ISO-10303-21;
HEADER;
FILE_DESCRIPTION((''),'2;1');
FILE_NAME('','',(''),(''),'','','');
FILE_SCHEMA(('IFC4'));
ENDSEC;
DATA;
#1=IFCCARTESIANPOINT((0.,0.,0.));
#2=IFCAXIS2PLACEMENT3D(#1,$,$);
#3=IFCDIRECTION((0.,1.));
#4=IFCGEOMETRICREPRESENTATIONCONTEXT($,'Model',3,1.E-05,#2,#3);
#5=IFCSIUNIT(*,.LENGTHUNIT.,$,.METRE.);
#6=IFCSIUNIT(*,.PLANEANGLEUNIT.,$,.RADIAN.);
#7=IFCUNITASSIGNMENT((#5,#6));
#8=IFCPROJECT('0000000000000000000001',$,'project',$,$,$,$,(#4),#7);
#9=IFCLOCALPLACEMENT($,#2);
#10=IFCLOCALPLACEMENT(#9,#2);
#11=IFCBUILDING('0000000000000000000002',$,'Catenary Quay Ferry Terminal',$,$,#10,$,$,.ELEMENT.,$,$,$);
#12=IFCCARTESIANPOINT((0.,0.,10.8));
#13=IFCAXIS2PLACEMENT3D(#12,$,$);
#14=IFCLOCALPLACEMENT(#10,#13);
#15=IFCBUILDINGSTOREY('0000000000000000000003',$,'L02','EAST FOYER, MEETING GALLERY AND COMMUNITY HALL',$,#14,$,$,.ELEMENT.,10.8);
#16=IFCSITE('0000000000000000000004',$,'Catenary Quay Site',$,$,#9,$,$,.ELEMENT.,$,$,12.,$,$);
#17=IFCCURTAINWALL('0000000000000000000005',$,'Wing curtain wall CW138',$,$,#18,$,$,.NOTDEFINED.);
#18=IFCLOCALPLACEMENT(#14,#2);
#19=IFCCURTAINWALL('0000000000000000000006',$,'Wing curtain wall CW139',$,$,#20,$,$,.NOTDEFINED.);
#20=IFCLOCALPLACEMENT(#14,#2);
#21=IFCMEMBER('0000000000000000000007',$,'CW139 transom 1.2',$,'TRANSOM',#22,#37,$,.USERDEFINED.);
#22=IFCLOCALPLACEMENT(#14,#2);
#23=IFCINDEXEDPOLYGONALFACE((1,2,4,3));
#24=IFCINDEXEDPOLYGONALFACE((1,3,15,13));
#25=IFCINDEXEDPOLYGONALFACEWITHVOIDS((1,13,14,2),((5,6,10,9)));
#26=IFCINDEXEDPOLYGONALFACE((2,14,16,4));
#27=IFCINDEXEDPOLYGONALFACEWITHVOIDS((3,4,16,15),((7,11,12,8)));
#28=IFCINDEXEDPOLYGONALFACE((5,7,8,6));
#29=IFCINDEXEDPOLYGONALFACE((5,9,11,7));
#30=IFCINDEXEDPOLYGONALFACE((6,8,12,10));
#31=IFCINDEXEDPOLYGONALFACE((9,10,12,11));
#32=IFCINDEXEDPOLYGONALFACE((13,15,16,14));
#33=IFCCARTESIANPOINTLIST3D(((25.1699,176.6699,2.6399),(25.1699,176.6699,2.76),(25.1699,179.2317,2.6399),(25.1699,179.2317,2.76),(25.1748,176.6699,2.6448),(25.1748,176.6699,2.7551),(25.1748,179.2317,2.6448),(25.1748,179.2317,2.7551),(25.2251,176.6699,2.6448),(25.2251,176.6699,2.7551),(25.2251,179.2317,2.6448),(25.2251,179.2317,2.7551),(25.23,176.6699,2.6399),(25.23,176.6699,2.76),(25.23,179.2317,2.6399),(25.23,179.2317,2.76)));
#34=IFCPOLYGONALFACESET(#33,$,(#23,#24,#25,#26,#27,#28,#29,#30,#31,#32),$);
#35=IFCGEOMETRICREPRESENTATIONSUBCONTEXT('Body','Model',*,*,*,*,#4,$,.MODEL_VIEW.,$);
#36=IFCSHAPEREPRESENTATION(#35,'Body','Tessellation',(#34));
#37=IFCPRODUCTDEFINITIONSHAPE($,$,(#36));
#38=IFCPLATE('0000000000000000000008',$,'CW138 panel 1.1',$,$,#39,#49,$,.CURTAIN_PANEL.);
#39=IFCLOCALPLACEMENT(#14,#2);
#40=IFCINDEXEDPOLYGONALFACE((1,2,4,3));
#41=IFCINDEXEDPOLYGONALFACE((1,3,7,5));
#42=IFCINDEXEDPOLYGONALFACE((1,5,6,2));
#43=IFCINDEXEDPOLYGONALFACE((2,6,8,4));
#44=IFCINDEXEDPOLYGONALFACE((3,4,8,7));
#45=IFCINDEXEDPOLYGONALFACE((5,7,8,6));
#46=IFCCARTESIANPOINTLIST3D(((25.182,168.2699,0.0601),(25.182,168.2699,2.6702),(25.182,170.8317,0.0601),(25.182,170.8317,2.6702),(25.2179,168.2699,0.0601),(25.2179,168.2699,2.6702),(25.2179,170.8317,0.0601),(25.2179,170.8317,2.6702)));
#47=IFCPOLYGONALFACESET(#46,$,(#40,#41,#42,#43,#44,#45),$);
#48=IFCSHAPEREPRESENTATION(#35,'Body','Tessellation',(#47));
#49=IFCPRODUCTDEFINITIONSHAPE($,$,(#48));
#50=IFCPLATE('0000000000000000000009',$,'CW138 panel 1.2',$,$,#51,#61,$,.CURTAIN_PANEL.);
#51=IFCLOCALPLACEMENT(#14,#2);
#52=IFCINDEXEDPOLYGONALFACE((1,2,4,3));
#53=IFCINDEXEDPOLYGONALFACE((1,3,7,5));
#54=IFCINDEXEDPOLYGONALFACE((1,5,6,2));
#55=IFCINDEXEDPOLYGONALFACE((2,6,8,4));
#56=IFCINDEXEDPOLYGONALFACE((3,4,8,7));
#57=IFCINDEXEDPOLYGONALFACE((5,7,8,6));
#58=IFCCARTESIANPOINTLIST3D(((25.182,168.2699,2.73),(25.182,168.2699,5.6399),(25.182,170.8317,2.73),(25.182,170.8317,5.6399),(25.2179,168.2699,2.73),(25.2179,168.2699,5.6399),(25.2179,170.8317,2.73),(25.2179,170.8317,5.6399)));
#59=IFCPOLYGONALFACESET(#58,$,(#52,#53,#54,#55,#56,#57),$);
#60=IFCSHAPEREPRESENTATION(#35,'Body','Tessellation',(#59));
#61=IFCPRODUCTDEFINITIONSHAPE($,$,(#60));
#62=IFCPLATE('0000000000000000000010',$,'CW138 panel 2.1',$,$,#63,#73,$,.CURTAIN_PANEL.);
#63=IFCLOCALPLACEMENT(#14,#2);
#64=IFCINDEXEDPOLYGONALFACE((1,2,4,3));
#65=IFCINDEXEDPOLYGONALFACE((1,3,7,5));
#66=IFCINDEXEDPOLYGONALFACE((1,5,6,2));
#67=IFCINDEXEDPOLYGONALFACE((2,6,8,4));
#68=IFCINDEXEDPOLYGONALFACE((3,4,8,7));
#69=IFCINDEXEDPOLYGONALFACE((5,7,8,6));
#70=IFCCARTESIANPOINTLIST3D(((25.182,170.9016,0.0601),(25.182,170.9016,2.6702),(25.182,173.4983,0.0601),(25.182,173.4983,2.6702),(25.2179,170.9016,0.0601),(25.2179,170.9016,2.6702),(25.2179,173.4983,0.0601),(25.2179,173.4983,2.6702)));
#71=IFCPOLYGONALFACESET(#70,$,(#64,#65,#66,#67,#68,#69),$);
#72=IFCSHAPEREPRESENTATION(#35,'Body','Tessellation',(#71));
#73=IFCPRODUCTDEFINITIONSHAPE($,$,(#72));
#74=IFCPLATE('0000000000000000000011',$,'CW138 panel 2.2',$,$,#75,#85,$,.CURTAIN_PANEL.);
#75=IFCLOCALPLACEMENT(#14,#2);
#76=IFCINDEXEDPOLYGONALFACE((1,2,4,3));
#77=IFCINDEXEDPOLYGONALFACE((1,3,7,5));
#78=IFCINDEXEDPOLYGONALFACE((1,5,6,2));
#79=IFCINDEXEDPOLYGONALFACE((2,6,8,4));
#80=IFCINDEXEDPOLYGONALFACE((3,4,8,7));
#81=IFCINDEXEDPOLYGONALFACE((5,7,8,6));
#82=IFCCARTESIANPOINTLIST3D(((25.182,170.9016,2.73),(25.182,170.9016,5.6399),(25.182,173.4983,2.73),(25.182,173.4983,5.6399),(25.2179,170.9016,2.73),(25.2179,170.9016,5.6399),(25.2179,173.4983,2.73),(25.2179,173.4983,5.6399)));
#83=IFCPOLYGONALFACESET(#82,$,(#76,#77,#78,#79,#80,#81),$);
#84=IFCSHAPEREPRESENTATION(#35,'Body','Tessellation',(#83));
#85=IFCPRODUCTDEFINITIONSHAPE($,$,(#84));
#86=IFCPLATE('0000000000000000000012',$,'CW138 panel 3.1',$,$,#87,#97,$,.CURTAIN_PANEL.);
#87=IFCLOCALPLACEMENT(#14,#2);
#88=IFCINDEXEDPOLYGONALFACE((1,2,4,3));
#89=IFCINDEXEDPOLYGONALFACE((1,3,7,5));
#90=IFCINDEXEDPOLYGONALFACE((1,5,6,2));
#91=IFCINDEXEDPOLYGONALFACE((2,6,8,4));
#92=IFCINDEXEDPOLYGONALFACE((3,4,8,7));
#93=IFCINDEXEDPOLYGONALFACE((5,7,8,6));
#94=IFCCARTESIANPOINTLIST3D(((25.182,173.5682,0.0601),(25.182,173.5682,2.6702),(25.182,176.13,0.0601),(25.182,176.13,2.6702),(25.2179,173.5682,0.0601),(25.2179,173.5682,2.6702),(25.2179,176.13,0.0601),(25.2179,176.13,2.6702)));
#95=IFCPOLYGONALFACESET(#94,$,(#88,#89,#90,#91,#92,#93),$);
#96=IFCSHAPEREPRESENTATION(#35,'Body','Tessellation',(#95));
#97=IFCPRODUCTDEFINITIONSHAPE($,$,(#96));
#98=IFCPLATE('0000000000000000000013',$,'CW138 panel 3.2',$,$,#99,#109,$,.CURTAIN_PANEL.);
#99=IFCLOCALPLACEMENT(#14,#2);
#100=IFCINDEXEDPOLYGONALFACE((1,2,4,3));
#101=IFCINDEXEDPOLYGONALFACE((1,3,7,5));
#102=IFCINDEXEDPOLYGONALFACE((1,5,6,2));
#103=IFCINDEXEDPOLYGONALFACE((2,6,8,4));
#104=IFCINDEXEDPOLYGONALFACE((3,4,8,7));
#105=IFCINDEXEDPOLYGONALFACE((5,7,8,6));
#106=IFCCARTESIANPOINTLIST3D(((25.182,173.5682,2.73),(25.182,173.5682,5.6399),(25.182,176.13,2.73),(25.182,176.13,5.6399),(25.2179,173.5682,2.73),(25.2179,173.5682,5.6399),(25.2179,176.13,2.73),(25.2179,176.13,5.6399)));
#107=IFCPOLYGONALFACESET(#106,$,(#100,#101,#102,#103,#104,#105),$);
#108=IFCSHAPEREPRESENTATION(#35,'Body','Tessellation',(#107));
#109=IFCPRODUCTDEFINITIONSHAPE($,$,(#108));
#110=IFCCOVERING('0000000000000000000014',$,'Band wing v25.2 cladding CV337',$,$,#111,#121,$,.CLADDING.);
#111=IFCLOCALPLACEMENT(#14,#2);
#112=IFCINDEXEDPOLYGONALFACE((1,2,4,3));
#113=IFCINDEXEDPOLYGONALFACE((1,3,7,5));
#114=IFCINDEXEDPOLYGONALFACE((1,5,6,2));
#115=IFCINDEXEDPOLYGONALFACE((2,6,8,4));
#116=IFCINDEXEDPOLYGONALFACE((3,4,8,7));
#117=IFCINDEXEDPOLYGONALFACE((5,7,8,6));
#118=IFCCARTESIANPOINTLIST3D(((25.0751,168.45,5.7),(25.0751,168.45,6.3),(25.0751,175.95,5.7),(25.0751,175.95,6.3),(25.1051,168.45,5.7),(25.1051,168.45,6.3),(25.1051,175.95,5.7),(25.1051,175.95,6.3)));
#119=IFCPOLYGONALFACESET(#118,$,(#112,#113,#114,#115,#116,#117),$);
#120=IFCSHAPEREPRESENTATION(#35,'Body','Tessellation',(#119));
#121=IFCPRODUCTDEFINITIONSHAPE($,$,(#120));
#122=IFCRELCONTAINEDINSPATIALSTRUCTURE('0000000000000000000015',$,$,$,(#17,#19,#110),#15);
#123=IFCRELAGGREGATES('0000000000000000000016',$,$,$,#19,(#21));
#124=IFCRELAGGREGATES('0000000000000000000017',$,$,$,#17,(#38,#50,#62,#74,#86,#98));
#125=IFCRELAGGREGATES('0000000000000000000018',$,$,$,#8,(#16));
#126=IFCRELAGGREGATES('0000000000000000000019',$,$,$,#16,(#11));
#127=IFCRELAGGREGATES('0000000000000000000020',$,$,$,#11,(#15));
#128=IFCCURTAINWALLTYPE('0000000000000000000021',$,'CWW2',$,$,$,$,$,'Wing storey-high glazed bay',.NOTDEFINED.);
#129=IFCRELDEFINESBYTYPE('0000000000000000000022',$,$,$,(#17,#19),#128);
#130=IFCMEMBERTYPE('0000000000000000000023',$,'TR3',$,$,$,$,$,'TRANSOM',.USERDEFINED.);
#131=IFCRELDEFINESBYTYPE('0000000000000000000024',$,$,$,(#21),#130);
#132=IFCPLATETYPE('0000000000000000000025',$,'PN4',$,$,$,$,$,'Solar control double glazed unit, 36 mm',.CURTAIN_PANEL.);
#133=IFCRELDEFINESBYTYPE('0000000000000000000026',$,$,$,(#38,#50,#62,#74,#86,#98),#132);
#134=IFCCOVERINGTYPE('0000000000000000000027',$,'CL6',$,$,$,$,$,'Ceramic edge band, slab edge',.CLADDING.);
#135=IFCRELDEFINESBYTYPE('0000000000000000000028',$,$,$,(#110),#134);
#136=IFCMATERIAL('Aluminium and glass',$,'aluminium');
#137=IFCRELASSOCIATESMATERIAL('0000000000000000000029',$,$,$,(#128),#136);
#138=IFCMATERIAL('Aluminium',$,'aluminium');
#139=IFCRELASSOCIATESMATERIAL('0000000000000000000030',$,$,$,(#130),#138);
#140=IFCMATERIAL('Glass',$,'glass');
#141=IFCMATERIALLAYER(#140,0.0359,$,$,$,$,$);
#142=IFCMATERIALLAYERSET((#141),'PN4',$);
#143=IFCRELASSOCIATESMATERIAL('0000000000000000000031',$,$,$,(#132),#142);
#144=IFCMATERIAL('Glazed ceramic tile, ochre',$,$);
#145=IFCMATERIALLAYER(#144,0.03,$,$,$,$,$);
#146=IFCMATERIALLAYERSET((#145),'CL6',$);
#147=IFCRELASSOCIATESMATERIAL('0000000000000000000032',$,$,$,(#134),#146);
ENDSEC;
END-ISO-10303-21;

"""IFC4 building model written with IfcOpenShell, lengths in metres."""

from ifc_helpers import new_model, si_unit, direction, frame, origin, origin_2d, place, context, subcontext, project, spatial, rectangle, hollow_rectangle, extrude, material, layer, layer_set, material_profile, profile_set, type_object, element, aggregate, save


model = new_model("IFC4")

# Units and contexts
model_context = context("Model", 3, precision=1e-05, world=origin(), true_north=direction((0.0, 1.0)))
body_context = subcontext(model_context, "Body", "Model", "MODEL_VIEW")
ifc_project = project(units=[si_unit("LENGTHUNIT", "METRE"), si_unit("PLANEANGLEUNIT", "RADIAN")], contexts=[model_context])

# Site, building, storey
site_placement = place(None, origin())
site = spatial("IfcSite", under=ifc_project, at=site_placement, Name="Catenary Quay Site", CompositionType="ELEMENT", RefElevation=12.0)
building_placement = place(site_placement, origin())
building = spatial("IfcBuilding", under=site, at=building_placement, Name="Catenary Quay Ferry Terminal", CompositionType="ELEMENT")
storey_placement = place(building_placement, frame((0.0, 0.0, 10.8)))
storey = spatial("IfcBuildingStorey", under=building, at=storey_placement, Name="L02", Description="EAST FOYER, MEETING GALLERY AND COMMUNITY HALL", CompositionType="ELEMENT", Elevation=10.8)

# Curtain wall
ifc_material_1 = material(Name="Aluminium and glass", Category="aluminium")
curtain_wall_type = type_object("IfcCurtainWallType", Name="CWW2", ElementType="Wing storey-high glazed bay", PredefinedType="NOTDEFINED", material=ifc_material_1)
curtain_wall_1_placement = place(storey_placement, origin())
curtain_wall_1 = element("IfcCurtainWall", 1, at=curtain_wall_1_placement, inside=storey, type_object=curtain_wall_type, Name="Wing curtain wall CW138", PredefinedType="NOTDEFINED")

# Curtain wall
curtain_wall_2_placement = place(storey_placement, origin())
curtain_wall_2 = element("IfcCurtainWall", 2, at=curtain_wall_2_placement, inside=storey, type_object=curtain_wall_type, Name="Wing curtain wall CW139", PredefinedType="NOTDEFINED")

# Member
ifc_material_2 = material(Name="Aluminium", Category="aluminium")
ifc_material_profile_1 = material_profile(ifc_material_2, hollow_rectangle(XDim=0.0601, YDim=0.1201, WallThickness=0.0049, at=origin_2d()), Name="TR3")
ifc_profile_set_1 = profile_set([ifc_material_profile_1], Name="Aluminium")
member_type_1 = type_object("IfcMemberType", Name="TR3", ElementType="TRANSOM", PredefinedType="USERDEFINED", material=ifc_profile_set_1)
member_1_placement = place(storey_placement, frame((25.2, 176.6699, 2.7), z_axis=(0.0, 1.0, 0.0), x_axis=(-1.0, 0.0, 0.0)))
member_1 = element("IfcMember", 3, at=member_1_placement, type_object=member_type_1, Name="CW139 transom 1.2", ObjectType="TRANSOM", PredefinedType="USERDEFINED", context=body_context, shape_type="SweptSolid", body=[
    extrude(hollow_rectangle(XDim=0.0601, YDim=0.1201, WallThickness=0.0049, at=origin_2d()), origin(), (0.0, 0.0, 1.0), 2.5618),
])
aggregate(curtain_wall_2, [member_1])

# Plates
ifc_material_3 = material(Name="Glass", Category="glass")
ifc_layer_1 = layer(ifc_material_3, 0.0359)
ifc_layer_set_1 = layer_set([ifc_layer_1], Name="PN4")
plate_type = type_object("IfcPlateType", Name="PN4", ElementType="Solar control double glazed unit, 36 mm", PredefinedType="CURTAIN_PANEL", material=ifc_layer_set_1)
plate_1_placement = place(storey_placement, frame((25.2, 169.5508, 0.0601), z_axis=(0.0, 0.0, 1.0), x_axis=(0.0, 1.0, 0.0)))
plate_1 = element("IfcPlate", 4, at=plate_1_placement, type_object=plate_type, Name="CW138 panel 1.1", PredefinedType="CURTAIN_PANEL", context=body_context, shape_type="SweptSolid", body=[
    extrude(rectangle(XDim=2.5618, YDim=0.0359, at=origin_2d()), origin(), (0.0, 0.0, 1.0), 2.6101),
])
plate_2_placement = place(storey_placement, frame((25.2, 169.5508, 2.73), z_axis=(0.0, 0.0, 1.0), x_axis=(0.0, 1.0, 0.0)))
plate_2 = element("IfcPlate", 5, at=plate_2_placement, type_object=plate_type, Name="CW138 panel 1.2", PredefinedType="CURTAIN_PANEL", context=body_context, shape_type="SweptSolid", body=[
    extrude(rectangle(XDim=2.5618, YDim=0.0359, at=origin_2d()), origin(), (0.0, 0.0, 1.0), 2.9099),
])
plate_3_placement = place(storey_placement, frame((25.2, 172.2, 0.0601), z_axis=(0.0, 0.0, 1.0), x_axis=(0.0, 1.0, 0.0)))
plate_3 = element("IfcPlate", 6, at=plate_3_placement, type_object=plate_type, Name="CW138 panel 2.1", PredefinedType="CURTAIN_PANEL", context=body_context, shape_type="SweptSolid", body=[
    extrude(rectangle(XDim=2.5967, YDim=0.0359, at=origin_2d()), origin(), (0.0, 0.0, 1.0), 2.6101),
])
plate_4_placement = place(storey_placement, frame((25.2, 172.2, 2.73), z_axis=(0.0, 0.0, 1.0), x_axis=(0.0, 1.0, 0.0)))
plate_4 = element("IfcPlate", 7, at=plate_4_placement, type_object=plate_type, Name="CW138 panel 2.2", PredefinedType="CURTAIN_PANEL", context=body_context, shape_type="SweptSolid", body=[
    extrude(rectangle(XDim=2.5967, YDim=0.0359, at=origin_2d()), origin(), (0.0, 0.0, 1.0), 2.9099),
])
plate_5_placement = place(storey_placement, frame((25.2, 174.8491, 0.0601), z_axis=(0.0, 0.0, 1.0), x_axis=(0.0, 1.0, 0.0)))
plate_5 = element("IfcPlate", 8, at=plate_5_placement, type_object=plate_type, Name="CW138 panel 3.1", PredefinedType="CURTAIN_PANEL", context=body_context, shape_type="SweptSolid", body=[
    extrude(rectangle(XDim=2.5618, YDim=0.0359, at=origin_2d()), origin(), (0.0, 0.0, 1.0), 2.6101),
])
plate_6_placement = place(storey_placement, frame((25.2, 174.8491, 2.73), z_axis=(0.0, 0.0, 1.0), x_axis=(0.0, 1.0, 0.0)))
plate_6 = element("IfcPlate", 9, at=plate_6_placement, type_object=plate_type, Name="CW138 panel 3.2", PredefinedType="CURTAIN_PANEL", context=body_context, shape_type="SweptSolid", body=[
    extrude(rectangle(XDim=2.5618, YDim=0.0359, at=origin_2d()), origin(), (0.0, 0.0, 1.0), 2.9099),
])
aggregate(curtain_wall_1, [plate_1, plate_2, plate_3, plate_4, plate_5, plate_6])

# Covering
ifc_material_4 = material(Name="Glazed ceramic tile, ochre")
ifc_layer_2 = layer(ifc_material_4, 0.03)
ifc_layer_set_2 = layer_set([ifc_layer_2], Name="CL6")
covering_type = type_object("IfcCoveringType", Name="CL6", ElementType="Ceramic edge band, slab edge", PredefinedType="CLADDING", material=ifc_layer_set_2)
covering_placement = place(storey_placement, frame((25.0901, 172.2, 5.7), z_axis=(0.0, 0.0, 1.0), x_axis=(1.0, 0.0, 0.0)))
element("IfcCovering", 10, at=covering_placement, inside=storey, type_object=covering_type, Name="Band wing v25.2 cladding CV337", PredefinedType="CLADDING", context=body_context, shape_type="SweptSolid", body=[
    extrude(rectangle(XDim=0.03, YDim=7.5, at=origin_2d()), origin(), (0.0, 0.0, 1.0), 0.6001),
])

save(model, "model.ifc")
